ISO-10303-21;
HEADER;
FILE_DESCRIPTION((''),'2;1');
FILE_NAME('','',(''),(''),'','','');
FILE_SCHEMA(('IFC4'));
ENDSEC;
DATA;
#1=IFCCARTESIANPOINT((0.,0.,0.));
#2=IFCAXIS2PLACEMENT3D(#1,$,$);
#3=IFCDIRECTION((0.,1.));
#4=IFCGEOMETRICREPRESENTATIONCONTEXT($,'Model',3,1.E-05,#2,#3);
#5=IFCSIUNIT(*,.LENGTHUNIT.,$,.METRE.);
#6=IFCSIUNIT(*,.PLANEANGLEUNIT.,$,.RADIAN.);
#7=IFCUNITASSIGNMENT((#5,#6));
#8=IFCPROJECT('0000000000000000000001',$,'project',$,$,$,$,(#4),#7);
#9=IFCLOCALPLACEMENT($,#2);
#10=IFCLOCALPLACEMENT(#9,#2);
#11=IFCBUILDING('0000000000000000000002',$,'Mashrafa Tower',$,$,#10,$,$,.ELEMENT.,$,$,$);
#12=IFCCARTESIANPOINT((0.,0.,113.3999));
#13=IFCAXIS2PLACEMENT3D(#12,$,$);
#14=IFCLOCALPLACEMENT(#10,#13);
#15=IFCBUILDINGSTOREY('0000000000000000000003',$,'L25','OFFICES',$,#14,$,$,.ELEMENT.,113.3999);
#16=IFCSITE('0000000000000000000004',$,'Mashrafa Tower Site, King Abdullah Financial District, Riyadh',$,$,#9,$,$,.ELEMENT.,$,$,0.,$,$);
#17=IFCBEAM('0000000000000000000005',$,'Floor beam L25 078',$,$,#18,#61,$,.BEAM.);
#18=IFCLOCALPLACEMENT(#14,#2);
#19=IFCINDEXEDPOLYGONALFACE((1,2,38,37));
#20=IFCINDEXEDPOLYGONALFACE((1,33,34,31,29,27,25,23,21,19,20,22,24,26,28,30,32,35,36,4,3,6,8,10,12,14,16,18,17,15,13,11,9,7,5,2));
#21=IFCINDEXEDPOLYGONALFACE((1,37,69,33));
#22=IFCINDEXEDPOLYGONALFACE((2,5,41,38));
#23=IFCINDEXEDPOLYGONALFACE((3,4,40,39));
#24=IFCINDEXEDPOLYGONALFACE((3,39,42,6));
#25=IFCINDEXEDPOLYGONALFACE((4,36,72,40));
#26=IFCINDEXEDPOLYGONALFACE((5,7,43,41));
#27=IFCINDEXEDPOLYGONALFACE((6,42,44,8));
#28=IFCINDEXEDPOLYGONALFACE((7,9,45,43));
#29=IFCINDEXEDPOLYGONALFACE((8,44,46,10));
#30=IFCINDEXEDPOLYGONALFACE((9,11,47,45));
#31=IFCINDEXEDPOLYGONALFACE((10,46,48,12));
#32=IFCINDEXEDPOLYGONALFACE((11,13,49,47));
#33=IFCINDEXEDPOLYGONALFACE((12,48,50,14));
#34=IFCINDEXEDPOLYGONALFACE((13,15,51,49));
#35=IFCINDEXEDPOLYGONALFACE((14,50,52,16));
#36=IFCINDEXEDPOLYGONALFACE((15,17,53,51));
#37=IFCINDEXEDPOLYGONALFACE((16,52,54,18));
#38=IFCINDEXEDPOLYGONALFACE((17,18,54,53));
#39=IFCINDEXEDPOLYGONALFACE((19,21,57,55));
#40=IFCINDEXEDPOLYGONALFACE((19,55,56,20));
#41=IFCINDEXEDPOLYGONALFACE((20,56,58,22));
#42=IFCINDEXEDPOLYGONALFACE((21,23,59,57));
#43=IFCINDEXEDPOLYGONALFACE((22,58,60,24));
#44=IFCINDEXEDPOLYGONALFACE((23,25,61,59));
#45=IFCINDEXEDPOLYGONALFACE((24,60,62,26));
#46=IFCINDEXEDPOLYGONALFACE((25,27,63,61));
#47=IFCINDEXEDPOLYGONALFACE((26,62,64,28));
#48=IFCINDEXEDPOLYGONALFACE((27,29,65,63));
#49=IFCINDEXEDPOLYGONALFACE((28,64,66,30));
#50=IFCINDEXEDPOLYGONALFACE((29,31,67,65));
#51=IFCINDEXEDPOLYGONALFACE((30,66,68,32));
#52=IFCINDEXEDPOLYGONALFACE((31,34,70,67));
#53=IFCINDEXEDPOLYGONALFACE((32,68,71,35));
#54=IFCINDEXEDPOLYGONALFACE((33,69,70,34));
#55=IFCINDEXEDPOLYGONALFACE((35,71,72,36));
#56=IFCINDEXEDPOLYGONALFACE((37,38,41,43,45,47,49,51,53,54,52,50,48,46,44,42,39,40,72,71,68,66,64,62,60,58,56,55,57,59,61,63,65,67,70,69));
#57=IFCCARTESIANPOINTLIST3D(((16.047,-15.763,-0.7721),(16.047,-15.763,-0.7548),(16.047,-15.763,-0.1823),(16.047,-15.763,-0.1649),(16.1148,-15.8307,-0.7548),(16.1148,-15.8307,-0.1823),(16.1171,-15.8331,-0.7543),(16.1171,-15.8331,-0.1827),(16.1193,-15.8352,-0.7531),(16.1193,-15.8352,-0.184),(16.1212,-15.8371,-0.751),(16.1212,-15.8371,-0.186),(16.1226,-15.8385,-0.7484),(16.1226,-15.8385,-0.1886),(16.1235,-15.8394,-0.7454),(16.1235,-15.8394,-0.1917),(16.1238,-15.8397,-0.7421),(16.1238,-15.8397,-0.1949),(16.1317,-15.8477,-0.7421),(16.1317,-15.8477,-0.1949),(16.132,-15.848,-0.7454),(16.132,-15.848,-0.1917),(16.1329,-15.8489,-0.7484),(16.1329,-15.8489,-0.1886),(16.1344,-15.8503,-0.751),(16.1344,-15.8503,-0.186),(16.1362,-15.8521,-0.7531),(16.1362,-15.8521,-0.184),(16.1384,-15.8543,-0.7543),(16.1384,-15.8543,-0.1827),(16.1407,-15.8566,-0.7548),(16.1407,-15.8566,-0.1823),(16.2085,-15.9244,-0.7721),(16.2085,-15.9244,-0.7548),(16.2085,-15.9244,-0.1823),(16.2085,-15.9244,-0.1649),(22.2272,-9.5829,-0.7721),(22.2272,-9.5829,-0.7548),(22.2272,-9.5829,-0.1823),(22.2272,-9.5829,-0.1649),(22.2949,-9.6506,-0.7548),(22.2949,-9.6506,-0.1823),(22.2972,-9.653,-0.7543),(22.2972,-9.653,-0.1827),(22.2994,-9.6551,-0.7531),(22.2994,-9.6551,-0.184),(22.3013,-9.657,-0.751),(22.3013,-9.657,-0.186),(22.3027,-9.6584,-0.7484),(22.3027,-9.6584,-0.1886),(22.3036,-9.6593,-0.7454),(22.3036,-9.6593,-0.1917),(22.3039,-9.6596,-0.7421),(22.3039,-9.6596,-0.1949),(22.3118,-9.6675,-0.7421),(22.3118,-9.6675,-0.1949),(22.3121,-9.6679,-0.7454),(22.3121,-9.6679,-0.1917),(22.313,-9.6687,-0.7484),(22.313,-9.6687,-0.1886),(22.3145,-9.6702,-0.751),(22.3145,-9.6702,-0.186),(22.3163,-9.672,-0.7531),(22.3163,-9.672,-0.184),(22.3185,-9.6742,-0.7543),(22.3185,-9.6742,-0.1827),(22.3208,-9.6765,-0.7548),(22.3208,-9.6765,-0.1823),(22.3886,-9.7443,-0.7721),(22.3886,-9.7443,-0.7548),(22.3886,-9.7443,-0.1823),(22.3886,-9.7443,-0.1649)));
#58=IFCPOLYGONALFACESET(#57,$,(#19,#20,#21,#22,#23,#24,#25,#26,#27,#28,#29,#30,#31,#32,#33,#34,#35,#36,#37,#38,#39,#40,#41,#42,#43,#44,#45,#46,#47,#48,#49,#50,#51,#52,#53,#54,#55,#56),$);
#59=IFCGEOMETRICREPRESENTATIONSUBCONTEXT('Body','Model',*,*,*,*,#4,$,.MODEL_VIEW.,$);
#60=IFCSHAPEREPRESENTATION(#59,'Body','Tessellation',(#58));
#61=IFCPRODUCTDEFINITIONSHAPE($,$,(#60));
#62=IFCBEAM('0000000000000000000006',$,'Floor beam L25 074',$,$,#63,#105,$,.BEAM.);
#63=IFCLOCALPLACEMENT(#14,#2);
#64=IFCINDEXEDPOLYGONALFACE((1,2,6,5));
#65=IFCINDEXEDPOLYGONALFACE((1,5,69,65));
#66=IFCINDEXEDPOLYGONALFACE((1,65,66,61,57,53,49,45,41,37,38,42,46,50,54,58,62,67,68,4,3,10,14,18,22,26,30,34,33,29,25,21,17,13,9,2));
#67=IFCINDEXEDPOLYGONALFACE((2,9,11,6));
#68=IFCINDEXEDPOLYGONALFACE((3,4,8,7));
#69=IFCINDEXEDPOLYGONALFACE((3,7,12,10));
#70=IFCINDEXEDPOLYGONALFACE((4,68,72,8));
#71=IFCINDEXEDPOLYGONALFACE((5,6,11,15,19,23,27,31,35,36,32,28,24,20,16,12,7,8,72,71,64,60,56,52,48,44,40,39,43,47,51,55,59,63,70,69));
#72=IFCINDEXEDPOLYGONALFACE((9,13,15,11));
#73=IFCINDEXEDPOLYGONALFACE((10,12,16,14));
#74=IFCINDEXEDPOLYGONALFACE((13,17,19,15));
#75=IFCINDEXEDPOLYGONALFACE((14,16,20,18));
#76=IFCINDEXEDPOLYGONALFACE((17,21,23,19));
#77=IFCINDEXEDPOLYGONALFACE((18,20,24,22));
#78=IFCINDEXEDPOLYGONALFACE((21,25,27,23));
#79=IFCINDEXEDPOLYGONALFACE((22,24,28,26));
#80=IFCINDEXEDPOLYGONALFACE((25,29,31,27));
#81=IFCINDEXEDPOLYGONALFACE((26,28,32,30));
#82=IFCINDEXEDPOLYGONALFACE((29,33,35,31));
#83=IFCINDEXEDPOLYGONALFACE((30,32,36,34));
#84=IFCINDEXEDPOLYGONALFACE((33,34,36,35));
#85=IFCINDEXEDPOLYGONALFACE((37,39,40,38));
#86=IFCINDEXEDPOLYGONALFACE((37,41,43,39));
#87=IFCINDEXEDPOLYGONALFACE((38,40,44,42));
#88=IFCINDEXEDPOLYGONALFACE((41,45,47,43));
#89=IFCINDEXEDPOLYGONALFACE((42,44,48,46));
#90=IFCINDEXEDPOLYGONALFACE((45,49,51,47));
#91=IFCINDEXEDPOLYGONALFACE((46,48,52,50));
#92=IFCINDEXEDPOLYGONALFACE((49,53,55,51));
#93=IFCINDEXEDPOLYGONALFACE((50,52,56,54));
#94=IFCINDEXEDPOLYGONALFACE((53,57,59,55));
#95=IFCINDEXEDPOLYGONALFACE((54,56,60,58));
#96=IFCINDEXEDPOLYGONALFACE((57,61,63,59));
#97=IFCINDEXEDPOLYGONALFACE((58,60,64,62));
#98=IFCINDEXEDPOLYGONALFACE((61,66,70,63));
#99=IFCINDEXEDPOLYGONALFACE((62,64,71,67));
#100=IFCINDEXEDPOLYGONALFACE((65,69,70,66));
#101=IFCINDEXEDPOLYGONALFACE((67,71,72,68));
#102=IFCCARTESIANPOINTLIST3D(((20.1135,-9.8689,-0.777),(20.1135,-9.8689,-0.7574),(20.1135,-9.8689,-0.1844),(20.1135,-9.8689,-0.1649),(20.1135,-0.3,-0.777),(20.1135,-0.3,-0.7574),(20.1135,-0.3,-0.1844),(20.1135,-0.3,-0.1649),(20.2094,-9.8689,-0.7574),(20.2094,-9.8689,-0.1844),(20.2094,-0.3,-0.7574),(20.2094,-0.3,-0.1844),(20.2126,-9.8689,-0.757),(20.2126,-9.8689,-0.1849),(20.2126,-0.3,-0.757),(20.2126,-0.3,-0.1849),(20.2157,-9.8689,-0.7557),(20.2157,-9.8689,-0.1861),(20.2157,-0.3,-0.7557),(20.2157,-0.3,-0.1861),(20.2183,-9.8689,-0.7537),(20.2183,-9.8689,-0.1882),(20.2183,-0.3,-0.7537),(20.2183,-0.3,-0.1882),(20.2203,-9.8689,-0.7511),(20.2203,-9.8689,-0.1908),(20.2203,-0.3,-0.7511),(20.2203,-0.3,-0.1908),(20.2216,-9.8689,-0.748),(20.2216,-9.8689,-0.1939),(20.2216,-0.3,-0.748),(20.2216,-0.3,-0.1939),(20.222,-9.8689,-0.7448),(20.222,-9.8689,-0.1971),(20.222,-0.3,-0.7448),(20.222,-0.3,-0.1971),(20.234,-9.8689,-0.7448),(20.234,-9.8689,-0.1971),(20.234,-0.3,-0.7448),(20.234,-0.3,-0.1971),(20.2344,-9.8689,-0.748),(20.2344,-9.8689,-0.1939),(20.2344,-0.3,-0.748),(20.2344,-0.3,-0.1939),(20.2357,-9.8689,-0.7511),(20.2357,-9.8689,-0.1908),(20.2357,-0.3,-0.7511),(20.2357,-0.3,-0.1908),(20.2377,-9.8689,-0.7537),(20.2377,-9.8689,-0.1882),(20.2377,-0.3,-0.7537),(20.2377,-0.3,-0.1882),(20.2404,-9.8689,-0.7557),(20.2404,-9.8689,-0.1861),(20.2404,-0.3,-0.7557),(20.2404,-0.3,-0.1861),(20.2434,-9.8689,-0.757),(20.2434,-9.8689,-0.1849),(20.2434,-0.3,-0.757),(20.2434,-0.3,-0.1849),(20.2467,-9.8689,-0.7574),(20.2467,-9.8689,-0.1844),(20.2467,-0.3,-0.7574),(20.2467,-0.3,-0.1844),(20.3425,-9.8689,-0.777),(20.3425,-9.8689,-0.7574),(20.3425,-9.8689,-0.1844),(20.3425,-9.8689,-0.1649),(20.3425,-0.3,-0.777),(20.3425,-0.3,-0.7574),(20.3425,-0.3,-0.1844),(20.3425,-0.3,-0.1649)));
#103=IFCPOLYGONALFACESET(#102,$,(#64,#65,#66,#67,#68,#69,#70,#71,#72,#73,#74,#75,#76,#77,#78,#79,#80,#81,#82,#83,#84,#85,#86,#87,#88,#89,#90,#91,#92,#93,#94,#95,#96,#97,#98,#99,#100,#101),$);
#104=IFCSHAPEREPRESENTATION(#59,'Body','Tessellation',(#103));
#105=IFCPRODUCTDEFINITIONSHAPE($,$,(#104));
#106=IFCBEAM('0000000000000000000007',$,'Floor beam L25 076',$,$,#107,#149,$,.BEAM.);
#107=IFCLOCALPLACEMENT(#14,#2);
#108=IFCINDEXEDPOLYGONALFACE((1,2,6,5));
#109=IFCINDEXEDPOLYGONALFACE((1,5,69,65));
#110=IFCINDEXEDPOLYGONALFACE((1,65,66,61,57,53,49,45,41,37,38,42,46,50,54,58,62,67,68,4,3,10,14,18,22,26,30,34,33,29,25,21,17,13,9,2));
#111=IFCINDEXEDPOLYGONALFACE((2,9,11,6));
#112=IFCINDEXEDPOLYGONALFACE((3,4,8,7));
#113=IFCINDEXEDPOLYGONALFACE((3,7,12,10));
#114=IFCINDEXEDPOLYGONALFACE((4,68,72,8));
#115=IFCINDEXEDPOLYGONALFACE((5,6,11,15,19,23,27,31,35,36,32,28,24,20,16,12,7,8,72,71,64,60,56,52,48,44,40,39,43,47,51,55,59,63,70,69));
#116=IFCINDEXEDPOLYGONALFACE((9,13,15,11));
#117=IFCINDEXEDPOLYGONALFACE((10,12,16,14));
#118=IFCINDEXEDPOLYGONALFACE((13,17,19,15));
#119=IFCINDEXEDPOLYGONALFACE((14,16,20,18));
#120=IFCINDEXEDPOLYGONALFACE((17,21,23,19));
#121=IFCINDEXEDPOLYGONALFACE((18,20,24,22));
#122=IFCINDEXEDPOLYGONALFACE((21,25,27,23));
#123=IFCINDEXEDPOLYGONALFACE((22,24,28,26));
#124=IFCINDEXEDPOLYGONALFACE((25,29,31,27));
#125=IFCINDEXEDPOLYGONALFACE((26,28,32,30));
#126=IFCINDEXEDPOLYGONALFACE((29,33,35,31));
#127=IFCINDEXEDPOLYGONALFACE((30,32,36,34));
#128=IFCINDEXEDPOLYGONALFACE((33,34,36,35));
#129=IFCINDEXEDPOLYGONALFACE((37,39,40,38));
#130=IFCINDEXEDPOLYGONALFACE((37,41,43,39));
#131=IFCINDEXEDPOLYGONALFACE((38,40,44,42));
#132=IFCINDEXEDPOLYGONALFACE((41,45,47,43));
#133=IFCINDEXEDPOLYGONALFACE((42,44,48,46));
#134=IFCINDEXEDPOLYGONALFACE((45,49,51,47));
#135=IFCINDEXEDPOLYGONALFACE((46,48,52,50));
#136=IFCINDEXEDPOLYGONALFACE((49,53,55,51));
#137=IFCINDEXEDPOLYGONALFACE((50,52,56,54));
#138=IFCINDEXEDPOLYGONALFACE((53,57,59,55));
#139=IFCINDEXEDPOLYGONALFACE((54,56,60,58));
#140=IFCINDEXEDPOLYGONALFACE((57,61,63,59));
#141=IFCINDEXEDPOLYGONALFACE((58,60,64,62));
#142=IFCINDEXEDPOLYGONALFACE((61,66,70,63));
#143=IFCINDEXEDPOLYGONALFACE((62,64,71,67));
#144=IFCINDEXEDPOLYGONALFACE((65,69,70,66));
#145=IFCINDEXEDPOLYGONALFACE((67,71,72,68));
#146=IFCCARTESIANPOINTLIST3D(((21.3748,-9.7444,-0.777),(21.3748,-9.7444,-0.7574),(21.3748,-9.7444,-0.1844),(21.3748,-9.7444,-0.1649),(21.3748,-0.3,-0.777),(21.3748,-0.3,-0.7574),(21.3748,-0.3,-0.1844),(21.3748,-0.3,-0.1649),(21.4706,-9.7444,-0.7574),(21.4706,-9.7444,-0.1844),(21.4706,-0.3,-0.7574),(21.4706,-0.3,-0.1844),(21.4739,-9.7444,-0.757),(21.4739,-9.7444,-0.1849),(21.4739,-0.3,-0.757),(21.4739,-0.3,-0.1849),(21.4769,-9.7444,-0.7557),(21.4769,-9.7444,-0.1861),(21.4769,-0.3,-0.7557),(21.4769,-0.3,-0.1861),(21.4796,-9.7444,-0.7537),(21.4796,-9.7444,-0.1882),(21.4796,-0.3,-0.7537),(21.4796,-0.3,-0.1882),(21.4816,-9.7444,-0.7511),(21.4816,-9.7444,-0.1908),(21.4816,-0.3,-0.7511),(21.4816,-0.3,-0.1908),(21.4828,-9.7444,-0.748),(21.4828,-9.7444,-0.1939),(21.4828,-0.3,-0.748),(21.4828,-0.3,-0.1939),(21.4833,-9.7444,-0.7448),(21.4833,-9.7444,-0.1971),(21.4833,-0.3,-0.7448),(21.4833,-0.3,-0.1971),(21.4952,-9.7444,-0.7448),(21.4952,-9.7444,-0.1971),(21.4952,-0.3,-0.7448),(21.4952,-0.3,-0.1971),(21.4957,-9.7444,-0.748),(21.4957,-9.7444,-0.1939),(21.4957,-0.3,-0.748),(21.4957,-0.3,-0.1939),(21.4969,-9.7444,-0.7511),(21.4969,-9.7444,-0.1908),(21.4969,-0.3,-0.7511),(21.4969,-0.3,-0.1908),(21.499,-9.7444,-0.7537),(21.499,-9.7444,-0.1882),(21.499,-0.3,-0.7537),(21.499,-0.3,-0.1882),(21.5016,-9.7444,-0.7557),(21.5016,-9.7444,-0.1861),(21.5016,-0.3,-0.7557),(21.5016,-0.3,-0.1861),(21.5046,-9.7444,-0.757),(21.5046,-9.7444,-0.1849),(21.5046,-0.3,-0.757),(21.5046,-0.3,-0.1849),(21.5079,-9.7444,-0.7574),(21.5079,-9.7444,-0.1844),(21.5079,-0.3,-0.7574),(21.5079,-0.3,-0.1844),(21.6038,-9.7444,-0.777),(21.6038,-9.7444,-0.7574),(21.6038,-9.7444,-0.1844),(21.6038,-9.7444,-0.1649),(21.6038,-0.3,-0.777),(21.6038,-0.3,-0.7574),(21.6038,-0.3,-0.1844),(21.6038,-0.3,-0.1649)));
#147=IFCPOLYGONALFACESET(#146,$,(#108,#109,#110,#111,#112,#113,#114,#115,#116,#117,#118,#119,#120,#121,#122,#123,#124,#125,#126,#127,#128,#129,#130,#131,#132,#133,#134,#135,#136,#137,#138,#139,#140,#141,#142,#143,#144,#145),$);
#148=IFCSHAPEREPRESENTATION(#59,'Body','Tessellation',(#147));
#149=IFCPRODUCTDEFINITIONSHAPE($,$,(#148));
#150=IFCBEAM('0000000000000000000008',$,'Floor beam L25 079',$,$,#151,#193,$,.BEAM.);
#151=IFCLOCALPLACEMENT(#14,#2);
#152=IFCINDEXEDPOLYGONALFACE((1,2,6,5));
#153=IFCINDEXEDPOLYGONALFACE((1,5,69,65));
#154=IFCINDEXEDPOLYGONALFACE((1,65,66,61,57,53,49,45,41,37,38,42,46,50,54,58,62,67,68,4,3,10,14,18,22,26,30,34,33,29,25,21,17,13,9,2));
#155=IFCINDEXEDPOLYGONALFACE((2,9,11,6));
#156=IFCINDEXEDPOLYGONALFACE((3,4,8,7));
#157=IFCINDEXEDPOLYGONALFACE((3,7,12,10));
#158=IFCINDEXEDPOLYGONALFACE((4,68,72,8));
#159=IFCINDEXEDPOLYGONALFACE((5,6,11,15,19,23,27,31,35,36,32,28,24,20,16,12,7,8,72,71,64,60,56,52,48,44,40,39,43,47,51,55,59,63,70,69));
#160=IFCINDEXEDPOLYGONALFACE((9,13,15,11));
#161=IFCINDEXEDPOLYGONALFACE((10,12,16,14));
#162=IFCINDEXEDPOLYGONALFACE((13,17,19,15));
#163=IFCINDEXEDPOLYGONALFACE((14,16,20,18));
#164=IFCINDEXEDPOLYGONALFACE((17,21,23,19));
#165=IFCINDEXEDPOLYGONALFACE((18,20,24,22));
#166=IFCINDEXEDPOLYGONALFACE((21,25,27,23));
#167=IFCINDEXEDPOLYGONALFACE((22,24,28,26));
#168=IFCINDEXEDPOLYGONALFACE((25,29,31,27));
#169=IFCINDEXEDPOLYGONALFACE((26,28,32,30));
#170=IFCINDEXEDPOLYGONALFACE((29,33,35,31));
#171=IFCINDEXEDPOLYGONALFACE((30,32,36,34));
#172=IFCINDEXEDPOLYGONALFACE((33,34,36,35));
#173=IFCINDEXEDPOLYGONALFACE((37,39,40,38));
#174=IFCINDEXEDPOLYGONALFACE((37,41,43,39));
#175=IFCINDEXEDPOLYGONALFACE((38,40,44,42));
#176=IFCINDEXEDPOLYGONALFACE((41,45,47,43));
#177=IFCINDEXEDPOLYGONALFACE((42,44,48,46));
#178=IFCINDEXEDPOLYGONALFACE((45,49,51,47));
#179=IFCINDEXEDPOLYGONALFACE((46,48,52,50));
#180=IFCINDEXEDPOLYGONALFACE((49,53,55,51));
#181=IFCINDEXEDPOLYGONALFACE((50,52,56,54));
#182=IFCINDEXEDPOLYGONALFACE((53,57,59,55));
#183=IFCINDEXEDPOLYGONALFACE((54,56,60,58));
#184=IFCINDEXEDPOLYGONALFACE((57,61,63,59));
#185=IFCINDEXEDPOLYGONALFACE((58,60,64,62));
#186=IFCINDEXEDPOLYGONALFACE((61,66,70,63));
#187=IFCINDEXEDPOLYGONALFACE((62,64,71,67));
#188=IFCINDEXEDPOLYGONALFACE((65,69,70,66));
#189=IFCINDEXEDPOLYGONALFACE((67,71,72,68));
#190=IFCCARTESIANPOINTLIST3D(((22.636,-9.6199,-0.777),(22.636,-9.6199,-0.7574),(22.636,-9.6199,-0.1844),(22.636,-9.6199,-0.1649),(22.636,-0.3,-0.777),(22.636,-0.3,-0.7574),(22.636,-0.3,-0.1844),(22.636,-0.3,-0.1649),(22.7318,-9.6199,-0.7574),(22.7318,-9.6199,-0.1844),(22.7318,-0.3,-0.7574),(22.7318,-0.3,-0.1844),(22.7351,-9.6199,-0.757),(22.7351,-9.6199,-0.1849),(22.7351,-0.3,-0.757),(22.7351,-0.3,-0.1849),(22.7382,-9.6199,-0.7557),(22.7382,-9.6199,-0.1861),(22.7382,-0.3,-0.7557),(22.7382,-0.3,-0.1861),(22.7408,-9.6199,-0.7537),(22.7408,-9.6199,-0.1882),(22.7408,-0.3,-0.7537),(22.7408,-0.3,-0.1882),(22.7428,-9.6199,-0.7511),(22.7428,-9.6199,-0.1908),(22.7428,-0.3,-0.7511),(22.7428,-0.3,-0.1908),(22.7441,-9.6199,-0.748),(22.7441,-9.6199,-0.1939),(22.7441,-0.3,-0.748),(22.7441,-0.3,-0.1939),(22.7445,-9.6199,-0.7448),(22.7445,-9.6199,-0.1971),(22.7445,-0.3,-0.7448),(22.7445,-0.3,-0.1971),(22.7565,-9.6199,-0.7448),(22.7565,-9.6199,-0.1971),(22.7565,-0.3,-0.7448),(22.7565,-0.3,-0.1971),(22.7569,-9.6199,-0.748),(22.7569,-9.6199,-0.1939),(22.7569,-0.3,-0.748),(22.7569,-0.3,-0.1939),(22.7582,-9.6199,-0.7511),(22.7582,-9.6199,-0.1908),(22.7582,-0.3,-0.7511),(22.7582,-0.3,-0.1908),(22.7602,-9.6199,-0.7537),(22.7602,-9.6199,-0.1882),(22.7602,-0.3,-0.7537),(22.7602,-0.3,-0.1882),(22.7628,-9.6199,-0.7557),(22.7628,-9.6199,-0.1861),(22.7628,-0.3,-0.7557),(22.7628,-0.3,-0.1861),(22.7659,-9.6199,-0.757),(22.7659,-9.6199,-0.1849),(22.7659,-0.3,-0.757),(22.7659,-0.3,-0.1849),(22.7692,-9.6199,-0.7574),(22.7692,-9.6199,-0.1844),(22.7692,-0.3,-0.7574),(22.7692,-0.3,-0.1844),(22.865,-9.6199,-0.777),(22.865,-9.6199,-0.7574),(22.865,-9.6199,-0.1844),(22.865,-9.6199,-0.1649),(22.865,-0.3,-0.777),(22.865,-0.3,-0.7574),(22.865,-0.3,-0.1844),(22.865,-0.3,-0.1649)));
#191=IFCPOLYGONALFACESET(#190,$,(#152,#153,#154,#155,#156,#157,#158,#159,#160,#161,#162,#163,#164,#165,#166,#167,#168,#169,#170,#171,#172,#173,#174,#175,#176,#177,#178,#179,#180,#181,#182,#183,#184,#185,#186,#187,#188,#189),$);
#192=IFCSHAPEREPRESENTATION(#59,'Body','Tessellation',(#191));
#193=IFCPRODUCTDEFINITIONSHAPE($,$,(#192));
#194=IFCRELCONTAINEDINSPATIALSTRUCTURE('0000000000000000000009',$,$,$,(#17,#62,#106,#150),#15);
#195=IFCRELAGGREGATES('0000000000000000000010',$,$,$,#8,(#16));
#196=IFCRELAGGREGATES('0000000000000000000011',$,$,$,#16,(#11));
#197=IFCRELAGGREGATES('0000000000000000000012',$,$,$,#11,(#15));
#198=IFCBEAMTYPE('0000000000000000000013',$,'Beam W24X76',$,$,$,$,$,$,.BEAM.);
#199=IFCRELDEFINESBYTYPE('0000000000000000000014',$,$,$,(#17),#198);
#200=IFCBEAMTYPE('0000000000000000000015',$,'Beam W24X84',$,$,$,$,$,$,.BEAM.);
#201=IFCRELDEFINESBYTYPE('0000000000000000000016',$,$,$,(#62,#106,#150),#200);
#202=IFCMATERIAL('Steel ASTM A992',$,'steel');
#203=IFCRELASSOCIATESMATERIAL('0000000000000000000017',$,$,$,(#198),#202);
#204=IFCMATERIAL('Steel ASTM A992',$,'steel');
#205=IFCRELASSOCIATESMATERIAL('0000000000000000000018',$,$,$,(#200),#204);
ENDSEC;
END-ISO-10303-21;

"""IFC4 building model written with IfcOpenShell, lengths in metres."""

from ifc_helpers import new_model, si_unit, direction, frame, origin, origin_2d, place, context, subcontext, project, spatial, i_section, extrude, material, material_profile, profile_set, type_object, element, save


model = new_model("IFC4")

# Units and contexts
model_context = context("Model", 3, precision=1e-05, world=origin(), true_north=direction((0.0, 1.0)))
body_context = subcontext(model_context, "Body", "Model", "MODEL_VIEW")
ifc_project = project(units=[si_unit("LENGTHUNIT", "METRE"), si_unit("PLANEANGLEUNIT", "RADIAN")], contexts=[model_context])

# Site, building, storey
site_placement = place(None, origin())
site = spatial("IfcSite", under=ifc_project, at=site_placement, Name="Mashrafa Tower Site, King Abdullah Financial District, Riyadh", CompositionType="ELEMENT", RefElevation=0.0)
building_placement = place(site_placement, origin())
building = spatial("IfcBuilding", under=site, at=building_placement, Name="Mashrafa Tower", CompositionType="ELEMENT")
storey_placement = place(building_placement, frame((0.0, 0.0, 113.3999)))
storey = spatial("IfcBuildingStorey", under=building, at=storey_placement, Name="L25", Description="OFFICES", CompositionType="ELEMENT", Elevation=113.3999)

# Beams
ifc_material_1 = material(Name="Steel ASTM A992", Category="steel")
ifc_material_profile_1 = material_profile(ifc_material_1, i_section(OverallWidth=0.2283, OverallDepth=0.6072, WebThickness=0.0112, FlangeThickness=0.0173, FilletRadius=0.0127, at=origin_2d()), Name="W24X76")
ifc_profile_set_1 = profile_set([ifc_material_profile_1], Name="Steel ASTM A992")
beam_type_1 = type_object("IfcBeamType", Name="Beam W24X76", PredefinedType="BEAM", material=ifc_profile_set_1)
beam_1_placement = place(storey_placement, frame((22.3079, -9.6636, -0.4685), z_axis=(-0.707107, -0.707107, 0.0), x_axis=(0.707107, -0.707107, 0.0)))
element("IfcBeam", 1, at=beam_1_placement, inside=storey, type_object=beam_type_1, Name="Floor beam L25 078", PredefinedType="BEAM", context=body_context, shape_type="SweptSolid", body=[
    extrude(i_section(OverallWidth=0.2283, OverallDepth=0.6072, WebThickness=0.0112, FlangeThickness=0.0173, FilletRadius=0.0127, at=origin_2d()), origin(), (0.0, 0.0, 1.0), 8.74),
])
ifc_material_2 = material(Name="Steel ASTM A992", Category="steel")
ifc_material_profile_2 = material_profile(ifc_material_2, i_section(OverallWidth=0.229, OverallDepth=0.6121, WebThickness=0.012, FlangeThickness=0.0195, FilletRadius=0.0127, at=origin_2d()), Name="W24X84")
ifc_profile_set_2 = profile_set([ifc_material_profile_2], Name="Steel ASTM A992")
beam_type_2 = type_object("IfcBeamType", Name="Beam W24X84", PredefinedType="BEAM", material=ifc_profile_set_2)
beam_2_placement = place(storey_placement, frame((20.228, -0.3, -0.4709), z_axis=(0.0, -1.0, 0.0), x_axis=(1.0, 0.0, 0.0)))
element("IfcBeam", 2, at=beam_2_placement, inside=storey, type_object=beam_type_2, Name="Floor beam L25 074", PredefinedType="BEAM", context=body_context, shape_type="SweptSolid", body=[
    extrude(i_section(OverallWidth=0.229, OverallDepth=0.6121, WebThickness=0.012, FlangeThickness=0.0195, FilletRadius=0.0127, at=origin_2d()), origin(), (0.0, 0.0, 1.0), 9.5688),
])
beam_3_placement = place(storey_placement, frame((21.4893, -0.3, -0.4709), z_axis=(0.0, -1.0, 0.0), x_axis=(1.0, 0.0, 0.0)))
element("IfcBeam", 3, at=beam_3_placement, inside=storey, type_object=beam_type_2, Name="Floor beam L25 076", PredefinedType="BEAM", context=body_context, shape_type="SweptSolid", body=[
    extrude(i_section(OverallWidth=0.229, OverallDepth=0.6121, WebThickness=0.012, FlangeThickness=0.0195, FilletRadius=0.0127, at=origin_2d()), origin(), (0.0, 0.0, 1.0), 9.4443),
])
beam_4_placement = place(storey_placement, frame((22.7505, -0.3, -0.4709), z_axis=(0.0, -1.0, 0.0), x_axis=(1.0, 0.0, 0.0)))
element("IfcBeam", 4, at=beam_4_placement, inside=storey, type_object=beam_type_2, Name="Floor beam L25 079", PredefinedType="BEAM", context=body_context, shape_type="SweptSolid", body=[
    extrude(i_section(OverallWidth=0.229, OverallDepth=0.6121, WebThickness=0.012, FlangeThickness=0.0195, FilletRadius=0.0127, at=origin_2d()), origin(), (0.0, 0.0, 1.0), 9.3198),
])

save(model, "model.ifc")
